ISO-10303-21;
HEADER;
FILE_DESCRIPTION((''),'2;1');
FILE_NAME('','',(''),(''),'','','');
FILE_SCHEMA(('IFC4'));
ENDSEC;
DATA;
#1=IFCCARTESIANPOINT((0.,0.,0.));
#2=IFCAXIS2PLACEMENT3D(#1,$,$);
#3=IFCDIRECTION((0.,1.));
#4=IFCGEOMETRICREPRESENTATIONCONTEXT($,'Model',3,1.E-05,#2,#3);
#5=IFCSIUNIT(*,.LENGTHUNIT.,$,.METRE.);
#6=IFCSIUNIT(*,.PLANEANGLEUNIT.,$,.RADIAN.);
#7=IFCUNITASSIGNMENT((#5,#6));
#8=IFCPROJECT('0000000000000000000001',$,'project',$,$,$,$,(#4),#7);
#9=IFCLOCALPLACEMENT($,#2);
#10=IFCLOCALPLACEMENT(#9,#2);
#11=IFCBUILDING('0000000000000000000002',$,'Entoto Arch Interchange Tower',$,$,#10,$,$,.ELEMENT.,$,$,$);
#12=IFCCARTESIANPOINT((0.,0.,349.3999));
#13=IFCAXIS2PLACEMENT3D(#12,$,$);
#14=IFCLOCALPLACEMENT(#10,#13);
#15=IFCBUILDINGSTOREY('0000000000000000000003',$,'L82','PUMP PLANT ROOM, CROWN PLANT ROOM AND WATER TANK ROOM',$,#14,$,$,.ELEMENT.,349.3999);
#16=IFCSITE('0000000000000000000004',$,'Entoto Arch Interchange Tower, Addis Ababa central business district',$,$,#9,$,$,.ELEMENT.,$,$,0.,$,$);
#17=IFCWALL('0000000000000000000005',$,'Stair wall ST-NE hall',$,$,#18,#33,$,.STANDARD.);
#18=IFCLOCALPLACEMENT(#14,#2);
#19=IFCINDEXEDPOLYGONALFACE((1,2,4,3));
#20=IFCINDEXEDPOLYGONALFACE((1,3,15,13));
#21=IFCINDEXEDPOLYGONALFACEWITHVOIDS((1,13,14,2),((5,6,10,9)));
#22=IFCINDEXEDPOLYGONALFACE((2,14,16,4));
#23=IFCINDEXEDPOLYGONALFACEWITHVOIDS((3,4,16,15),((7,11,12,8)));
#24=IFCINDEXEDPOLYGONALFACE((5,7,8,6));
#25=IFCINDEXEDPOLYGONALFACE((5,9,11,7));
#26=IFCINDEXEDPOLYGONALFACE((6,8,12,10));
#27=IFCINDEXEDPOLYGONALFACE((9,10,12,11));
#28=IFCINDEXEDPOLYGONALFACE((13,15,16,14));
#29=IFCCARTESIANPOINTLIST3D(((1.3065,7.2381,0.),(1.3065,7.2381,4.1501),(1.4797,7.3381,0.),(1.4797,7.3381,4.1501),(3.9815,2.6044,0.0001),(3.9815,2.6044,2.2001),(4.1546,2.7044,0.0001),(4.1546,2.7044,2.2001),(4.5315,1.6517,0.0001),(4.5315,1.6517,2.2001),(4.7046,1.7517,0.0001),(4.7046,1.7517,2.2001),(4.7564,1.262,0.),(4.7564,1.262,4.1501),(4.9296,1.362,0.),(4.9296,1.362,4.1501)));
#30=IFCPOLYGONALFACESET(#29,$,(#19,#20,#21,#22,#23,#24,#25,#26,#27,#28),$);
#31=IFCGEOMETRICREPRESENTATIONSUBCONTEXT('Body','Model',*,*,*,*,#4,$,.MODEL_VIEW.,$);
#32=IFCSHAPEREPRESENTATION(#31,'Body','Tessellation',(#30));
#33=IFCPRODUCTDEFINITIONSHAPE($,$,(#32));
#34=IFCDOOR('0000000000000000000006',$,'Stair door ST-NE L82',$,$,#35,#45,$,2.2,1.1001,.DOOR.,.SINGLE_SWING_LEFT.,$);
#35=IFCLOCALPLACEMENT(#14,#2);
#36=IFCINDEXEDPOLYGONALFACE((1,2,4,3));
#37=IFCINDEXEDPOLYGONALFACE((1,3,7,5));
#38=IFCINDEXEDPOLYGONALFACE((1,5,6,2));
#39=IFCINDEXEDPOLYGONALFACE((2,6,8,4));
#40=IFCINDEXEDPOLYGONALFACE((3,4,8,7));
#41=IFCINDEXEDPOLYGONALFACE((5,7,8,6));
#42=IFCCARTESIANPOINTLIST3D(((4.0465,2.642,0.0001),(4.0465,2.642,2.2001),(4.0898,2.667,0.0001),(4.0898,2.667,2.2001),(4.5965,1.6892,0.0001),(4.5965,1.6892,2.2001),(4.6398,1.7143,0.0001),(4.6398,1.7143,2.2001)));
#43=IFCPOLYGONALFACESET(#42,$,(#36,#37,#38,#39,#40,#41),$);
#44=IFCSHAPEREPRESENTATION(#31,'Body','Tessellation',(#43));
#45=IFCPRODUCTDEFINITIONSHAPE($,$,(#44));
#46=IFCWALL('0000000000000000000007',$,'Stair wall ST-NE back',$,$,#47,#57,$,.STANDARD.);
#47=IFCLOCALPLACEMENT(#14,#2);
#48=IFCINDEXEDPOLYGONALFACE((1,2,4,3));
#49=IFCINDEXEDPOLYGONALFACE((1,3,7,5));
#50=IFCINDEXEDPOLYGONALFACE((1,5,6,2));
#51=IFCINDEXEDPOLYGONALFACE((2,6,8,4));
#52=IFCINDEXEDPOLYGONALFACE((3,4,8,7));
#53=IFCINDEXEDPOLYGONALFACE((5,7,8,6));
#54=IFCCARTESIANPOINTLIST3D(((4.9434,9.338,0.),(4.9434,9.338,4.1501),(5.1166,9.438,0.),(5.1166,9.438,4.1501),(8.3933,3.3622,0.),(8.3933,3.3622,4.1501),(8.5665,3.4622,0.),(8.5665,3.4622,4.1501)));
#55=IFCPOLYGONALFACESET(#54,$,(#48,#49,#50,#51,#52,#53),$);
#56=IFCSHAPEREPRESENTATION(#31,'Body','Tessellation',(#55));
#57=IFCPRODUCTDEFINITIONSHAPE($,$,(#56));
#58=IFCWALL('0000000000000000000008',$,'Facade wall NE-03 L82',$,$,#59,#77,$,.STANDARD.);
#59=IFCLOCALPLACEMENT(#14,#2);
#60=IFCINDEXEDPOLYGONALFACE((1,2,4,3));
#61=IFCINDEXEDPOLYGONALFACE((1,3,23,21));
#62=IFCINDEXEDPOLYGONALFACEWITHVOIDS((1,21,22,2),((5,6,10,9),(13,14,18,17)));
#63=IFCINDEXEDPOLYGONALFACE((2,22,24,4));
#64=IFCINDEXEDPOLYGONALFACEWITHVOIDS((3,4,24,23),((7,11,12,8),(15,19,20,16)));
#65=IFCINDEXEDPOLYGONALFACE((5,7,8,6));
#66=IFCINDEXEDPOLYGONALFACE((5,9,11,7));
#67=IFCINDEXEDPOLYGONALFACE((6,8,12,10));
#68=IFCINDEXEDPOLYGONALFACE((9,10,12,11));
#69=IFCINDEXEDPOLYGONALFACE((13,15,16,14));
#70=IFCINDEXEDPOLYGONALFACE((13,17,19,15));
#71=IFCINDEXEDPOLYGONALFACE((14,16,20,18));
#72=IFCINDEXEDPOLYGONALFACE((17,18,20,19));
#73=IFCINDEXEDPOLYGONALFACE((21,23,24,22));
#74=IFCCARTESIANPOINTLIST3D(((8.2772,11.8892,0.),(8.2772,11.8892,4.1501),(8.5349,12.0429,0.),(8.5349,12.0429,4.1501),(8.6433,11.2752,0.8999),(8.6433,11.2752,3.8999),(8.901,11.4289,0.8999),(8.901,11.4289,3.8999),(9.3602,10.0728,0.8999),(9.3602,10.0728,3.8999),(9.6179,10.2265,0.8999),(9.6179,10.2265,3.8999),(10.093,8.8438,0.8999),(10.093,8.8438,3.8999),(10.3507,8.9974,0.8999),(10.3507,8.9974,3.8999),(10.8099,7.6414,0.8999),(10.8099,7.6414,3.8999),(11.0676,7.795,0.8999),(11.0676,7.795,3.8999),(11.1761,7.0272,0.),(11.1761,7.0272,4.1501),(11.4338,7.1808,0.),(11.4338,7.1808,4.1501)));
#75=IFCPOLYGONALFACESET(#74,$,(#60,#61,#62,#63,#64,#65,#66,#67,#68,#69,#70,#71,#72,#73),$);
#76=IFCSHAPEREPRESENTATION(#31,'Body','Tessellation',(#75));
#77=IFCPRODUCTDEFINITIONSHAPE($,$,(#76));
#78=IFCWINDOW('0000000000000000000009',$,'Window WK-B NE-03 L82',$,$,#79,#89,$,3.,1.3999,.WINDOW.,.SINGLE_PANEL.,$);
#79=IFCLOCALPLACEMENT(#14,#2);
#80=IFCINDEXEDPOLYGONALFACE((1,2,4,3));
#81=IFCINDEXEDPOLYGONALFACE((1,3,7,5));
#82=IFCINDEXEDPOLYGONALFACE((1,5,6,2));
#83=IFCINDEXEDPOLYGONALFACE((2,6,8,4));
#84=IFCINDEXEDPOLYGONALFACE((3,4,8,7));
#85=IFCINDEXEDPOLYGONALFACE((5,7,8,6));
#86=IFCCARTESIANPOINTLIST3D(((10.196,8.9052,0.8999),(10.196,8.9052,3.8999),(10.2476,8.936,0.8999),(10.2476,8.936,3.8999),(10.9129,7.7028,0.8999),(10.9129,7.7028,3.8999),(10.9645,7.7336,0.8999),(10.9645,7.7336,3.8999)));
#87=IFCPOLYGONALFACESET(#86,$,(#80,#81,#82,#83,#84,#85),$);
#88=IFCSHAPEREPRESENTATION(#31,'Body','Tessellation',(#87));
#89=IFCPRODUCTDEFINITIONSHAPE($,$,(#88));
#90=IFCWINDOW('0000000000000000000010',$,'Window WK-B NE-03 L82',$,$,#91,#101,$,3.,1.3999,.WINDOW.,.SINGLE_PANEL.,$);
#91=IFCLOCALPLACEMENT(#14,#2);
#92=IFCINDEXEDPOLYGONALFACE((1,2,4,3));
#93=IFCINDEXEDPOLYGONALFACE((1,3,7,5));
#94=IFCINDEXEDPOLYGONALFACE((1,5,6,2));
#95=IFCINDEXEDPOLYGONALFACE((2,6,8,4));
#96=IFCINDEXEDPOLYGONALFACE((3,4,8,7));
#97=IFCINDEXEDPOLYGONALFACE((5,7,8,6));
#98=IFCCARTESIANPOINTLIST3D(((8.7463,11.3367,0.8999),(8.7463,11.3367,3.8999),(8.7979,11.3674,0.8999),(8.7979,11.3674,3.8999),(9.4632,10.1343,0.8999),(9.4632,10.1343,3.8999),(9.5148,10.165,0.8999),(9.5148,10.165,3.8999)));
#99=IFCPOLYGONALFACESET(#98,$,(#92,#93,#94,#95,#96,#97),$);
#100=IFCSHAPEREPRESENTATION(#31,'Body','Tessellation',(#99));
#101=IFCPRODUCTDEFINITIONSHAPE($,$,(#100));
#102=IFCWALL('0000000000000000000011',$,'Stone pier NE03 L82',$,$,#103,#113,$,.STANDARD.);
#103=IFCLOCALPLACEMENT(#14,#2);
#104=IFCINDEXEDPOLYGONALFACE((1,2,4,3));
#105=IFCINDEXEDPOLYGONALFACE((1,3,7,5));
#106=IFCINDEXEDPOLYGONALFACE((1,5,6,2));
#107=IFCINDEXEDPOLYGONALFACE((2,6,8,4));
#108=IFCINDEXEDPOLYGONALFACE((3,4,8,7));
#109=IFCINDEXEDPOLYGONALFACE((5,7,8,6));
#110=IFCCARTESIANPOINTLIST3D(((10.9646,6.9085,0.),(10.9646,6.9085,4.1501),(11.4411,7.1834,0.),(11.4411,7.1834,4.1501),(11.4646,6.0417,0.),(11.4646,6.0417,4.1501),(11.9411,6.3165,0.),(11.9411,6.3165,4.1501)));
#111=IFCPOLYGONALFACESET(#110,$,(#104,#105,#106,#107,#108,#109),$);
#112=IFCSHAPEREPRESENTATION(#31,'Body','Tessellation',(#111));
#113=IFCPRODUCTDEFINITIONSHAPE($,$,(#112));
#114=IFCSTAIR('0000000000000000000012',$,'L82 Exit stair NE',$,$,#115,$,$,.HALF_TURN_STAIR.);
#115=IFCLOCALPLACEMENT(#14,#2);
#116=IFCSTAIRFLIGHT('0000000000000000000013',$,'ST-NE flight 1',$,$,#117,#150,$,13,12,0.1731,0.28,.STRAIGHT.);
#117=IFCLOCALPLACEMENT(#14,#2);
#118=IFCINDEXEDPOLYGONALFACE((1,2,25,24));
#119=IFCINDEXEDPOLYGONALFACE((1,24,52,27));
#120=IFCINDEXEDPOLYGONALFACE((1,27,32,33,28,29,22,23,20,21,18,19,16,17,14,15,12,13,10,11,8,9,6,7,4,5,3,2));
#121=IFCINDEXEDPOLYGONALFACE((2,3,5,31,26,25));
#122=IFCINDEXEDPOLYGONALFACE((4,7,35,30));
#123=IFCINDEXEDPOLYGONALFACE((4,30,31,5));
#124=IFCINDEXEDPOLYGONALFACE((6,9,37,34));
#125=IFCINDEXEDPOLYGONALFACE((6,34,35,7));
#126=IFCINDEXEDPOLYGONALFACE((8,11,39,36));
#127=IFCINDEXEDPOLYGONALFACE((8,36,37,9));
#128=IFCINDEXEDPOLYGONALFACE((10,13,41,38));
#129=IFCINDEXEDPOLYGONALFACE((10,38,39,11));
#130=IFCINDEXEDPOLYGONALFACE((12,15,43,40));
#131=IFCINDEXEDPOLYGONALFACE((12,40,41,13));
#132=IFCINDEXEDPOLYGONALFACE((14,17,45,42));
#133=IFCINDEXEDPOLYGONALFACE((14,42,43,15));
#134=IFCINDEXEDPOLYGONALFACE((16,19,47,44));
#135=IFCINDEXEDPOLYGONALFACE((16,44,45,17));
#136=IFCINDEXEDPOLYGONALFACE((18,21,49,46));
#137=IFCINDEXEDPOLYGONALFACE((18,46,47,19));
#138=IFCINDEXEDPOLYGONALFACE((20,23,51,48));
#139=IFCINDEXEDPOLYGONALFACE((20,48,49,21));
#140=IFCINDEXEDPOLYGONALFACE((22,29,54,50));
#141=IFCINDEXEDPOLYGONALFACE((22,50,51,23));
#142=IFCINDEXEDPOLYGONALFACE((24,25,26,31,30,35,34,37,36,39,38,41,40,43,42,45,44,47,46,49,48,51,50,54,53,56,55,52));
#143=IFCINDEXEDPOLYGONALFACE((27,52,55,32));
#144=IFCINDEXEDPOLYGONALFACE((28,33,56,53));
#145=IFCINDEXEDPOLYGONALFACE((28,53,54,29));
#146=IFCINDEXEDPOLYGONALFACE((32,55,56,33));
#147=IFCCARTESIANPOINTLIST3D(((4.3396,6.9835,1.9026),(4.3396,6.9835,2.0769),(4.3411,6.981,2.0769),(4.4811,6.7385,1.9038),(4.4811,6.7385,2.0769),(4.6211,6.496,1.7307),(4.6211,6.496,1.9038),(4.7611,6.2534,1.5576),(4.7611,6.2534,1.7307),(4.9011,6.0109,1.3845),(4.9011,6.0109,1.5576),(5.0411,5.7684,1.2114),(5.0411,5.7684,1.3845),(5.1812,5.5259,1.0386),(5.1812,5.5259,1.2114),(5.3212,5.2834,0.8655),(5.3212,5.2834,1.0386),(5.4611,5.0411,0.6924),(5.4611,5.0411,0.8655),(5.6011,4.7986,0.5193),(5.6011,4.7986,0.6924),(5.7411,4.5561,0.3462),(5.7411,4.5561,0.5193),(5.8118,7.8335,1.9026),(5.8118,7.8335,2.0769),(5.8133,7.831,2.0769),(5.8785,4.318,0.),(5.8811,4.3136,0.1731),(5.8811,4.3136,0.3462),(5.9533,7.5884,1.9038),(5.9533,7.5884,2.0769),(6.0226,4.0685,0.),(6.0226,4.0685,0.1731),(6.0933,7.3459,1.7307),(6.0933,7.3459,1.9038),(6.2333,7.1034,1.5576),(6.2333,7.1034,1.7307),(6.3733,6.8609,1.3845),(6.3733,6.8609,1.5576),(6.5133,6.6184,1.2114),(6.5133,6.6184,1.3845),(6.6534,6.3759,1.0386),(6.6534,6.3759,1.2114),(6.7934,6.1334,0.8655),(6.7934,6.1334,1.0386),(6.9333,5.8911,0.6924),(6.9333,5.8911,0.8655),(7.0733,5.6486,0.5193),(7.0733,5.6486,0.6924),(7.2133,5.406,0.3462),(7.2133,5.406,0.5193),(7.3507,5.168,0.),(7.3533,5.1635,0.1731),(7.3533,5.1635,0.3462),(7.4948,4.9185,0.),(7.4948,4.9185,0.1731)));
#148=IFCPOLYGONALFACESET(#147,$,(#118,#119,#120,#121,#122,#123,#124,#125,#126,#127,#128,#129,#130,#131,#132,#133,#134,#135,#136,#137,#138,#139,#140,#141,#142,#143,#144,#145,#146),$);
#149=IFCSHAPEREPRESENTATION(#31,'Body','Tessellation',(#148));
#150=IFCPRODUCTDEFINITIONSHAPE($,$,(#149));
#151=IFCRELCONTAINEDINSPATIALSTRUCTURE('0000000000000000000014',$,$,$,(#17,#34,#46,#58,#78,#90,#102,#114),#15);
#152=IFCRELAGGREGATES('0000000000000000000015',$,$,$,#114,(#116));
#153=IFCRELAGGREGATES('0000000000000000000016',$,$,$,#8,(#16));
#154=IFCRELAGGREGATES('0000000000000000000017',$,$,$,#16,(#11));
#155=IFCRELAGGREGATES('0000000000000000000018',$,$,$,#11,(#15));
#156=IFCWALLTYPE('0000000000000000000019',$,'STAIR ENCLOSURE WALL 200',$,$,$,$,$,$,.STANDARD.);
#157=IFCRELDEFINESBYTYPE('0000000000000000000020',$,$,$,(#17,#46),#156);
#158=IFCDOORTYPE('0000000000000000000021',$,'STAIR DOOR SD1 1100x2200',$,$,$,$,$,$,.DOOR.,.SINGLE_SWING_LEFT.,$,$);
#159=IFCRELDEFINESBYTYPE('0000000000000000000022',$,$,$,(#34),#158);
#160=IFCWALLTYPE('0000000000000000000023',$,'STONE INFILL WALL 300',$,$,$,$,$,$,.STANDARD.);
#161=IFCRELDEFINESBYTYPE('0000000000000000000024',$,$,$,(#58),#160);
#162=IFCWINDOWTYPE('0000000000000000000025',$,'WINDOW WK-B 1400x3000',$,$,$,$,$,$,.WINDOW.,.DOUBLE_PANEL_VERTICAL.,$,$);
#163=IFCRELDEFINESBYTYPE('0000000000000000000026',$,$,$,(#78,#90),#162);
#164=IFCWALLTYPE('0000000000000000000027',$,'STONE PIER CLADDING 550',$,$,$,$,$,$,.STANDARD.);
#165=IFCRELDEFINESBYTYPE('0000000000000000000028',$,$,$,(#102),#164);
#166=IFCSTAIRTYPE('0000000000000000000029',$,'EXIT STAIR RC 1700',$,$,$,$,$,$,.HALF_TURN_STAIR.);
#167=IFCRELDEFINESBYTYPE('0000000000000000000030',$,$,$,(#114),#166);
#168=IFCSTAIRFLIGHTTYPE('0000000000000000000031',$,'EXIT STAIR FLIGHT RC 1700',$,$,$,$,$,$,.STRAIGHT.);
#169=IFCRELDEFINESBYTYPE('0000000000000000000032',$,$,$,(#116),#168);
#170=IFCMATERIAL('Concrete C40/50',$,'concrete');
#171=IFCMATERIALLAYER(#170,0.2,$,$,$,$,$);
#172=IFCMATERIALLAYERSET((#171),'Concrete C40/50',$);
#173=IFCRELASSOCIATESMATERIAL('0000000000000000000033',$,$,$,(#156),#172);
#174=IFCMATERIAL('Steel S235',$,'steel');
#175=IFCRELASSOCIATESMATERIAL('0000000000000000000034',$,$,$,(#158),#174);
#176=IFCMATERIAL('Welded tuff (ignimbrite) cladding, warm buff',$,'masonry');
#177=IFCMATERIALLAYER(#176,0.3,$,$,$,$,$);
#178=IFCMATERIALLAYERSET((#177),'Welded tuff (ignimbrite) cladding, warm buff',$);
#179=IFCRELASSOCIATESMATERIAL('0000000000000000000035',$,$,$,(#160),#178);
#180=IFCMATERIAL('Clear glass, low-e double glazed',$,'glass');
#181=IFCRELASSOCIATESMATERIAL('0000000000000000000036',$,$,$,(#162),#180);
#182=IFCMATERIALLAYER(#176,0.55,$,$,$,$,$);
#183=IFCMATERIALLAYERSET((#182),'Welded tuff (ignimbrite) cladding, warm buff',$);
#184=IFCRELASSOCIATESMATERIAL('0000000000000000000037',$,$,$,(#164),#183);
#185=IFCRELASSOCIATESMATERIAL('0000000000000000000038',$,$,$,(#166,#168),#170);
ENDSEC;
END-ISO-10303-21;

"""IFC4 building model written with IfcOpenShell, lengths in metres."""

from ifc_helpers import new_model, si_unit, direction, frame, frame_2d, origin, place, context, subcontext, project, spatial, polyline, rectangle, outline, extrude, material, layer, layer_set, type_object, element, fill, aggregate, save


model = new_model("IFC4")

# Units and contexts
model_context = context("Model", 3, precision=1e-05, world=origin(), true_north=direction((0.0, 1.0)))
body_context = subcontext(model_context, "Body", "Model", "MODEL_VIEW")
ifc_project = project(units=[si_unit("LENGTHUNIT", "METRE"), si_unit("PLANEANGLEUNIT", "RADIAN")], contexts=[model_context])

# Site, building, storey
site_placement = place(None, origin())
site = spatial("IfcSite", under=ifc_project, at=site_placement, Name="Entoto Arch Interchange Tower, Addis Ababa central business district", CompositionType="ELEMENT", RefElevation=0.0)
building_placement = place(site_placement, origin())
building = spatial("IfcBuilding", under=site, at=building_placement, Name="Entoto Arch Interchange Tower", CompositionType="ELEMENT")
storey_placement = place(building_placement, frame((0.0, 0.0, 349.3999)))
storey = spatial("IfcBuildingStorey", under=building, at=storey_placement, Name="L82", Description="PUMP PLANT ROOM, CROWN PLANT ROOM AND WATER TANK ROOM", CompositionType="ELEMENT", Elevation=349.3999)

# Shared definitions
ifc_material_1 = material(Name="Concrete C40/50", Category="concrete")

# Shared definitions
ifc_layer_1 = layer(ifc_material_1, 0.2)
ifc_layer_set_1 = layer_set([ifc_layer_1], Name="Concrete C40/50")
wall_type_1 = type_object("IfcWallType", Name="STAIR ENCLOSURE WALL 200", PredefinedType="STANDARD", material=ifc_layer_set_1)
ifc_material_2 = material(Name="Steel S235", Category="steel")
door_type_1 = type_object("IfcDoorType", Name="STAIR DOOR SD1 1100x2200", OperationType="SINGLE_SWING_LEFT", PredefinedType="DOOR", material=ifc_material_2)

# Wall, opening, door
wall_1_placement = place(storey_placement, frame((4.843, 1.312, 0.0), z_axis=(0.0, 0.0, 1.0), x_axis=(-0.499963, 0.866047, 0.0)))
wall_1 = element("IfcWall", 1, at=wall_1_placement, inside=storey, type_object=wall_type_1, Name="Stair wall ST-NE hall", PredefinedType="STANDARD", context=body_context, shape_type="SweptSolid", body=[
    extrude(rectangle(XDim=6.9004, YDim=0.2, at=frame_2d((3.4502, 0.0))), origin(), (0.0, 0.0, 1.0), 4.1501),
])
opening_1_placement = place(wall_1_placement, frame((0.45, 0.0, 0.0)))
opening_1 = element("IfcOpeningElement", 2, at=opening_1_placement, cuts=wall_1, PredefinedType="OPENING", context=body_context, shape_type="SweptSolid", body=[
    extrude(rectangle(XDim=1.1001, YDim=2.2, at=frame_2d((0.55, 1.1001))), frame((0.0, 0.1099, 0.0), z_axis=(0.0, -1.0, 0.0), x_axis=(1.0, 0.0, 0.0)), (0.0, 0.0, 1.0), 0.22),
])
door_1_placement = place(opening_1_placement, origin())
door_1 = element("IfcDoor", 3, at=door_1_placement, inside=storey, type_object=door_type_1, Name="Stair door ST-NE L82", OperationType="SINGLE_SWING_LEFT", OverallHeight=2.2, OverallWidth=1.1001, PredefinedType="DOOR", context=body_context, shape_type="SweptSolid", body=[
    extrude(rectangle(XDim=1.1001, YDim=2.2, at=frame_2d((0.55, 1.1001))), frame((0.0, 0.0249, 0.0), z_axis=(0.0, -1.0, 0.0), x_axis=(1.0, 0.0, 0.0)), (0.0, 0.0, 1.0), 0.05),
])
fill(opening_1, door_1)

# Wall
wall_2_placement = place(storey_placement, frame((8.48, 3.4121, 0.0), z_axis=(0.0, 0.0, 1.0), x_axis=(-0.499979, 0.866038, 0.0)))
element("IfcWall", 4, at=wall_2_placement, inside=storey, type_object=wall_type_1, Name="Stair wall ST-NE back", PredefinedType="STANDARD", context=body_context, shape_type="SweptSolid", body=[
    extrude(rectangle(XDim=6.9001, YDim=0.2, at=frame_2d((3.4502, 0.0))), origin(), (0.0, 0.0, 1.0), 4.1501),
])

# Shared definitions
ifc_material_3 = material(Name="Welded tuff (ignimbrite) cladding, warm buff", Category="masonry")
ifc_layer_2 = layer(ifc_material_3, 0.3)
ifc_layer_set_2 = layer_set([ifc_layer_2], Name="Welded tuff (ignimbrite) cladding, warm buff")
wall_type_2 = type_object("IfcWallType", Name="STONE INFILL WALL 300", PredefinedType="STANDARD", material=ifc_layer_set_2)
ifc_material_4 = material(Name="Clear glass, low-e double glazed", Category="glass")
window_type = type_object("IfcWindowType", Name="WINDOW WK-B 1400x3000", PartitioningType="DOUBLE_PANEL_VERTICAL", PredefinedType="WINDOW", material=ifc_material_4)

# Wall, openings, windows
wall_3_placement = place(storey_placement, frame((11.3049, 7.104, 0.0), z_axis=(0.0, 0.0, 1.0), x_axis=(-0.512115, 0.858917, 0.0)))
wall_3 = element("IfcWall", 5, at=wall_3_placement, inside=storey, type_object=wall_type_2, Name="Facade wall NE-03 L82", PredefinedType="STANDARD", context=body_context, shape_type="SweptSolid", body=[
    extrude(rectangle(XDim=5.6606, YDim=0.3, at=frame_2d((2.8303, 0.0))), origin(), (0.0, 0.0, 1.0), 4.1501),
])
opening_2_placement = place(wall_3_placement, frame((0.7151, 0.0, 0.8999)))
opening_2 = element("IfcOpeningElement", 6, at=opening_2_placement, cuts=wall_3, PredefinedType="OPENING", context=body_context, shape_type="SweptSolid", body=[
    extrude(rectangle(XDim=1.3999, YDim=3.0, at=frame_2d((0.7, 1.5))), frame((0.0, 0.1602, 0.0), z_axis=(0.0, -1.0, 0.0), x_axis=(1.0, 0.0, 0.0)), (0.0, 0.0, 1.0), 0.3201),
])
opening_3_placement = place(wall_3_placement, frame((3.5459, 0.0, 0.8999)))
opening_3 = element("IfcOpeningElement", 7, at=opening_3_placement, cuts=wall_3, PredefinedType="OPENING", context=body_context, shape_type="SweptSolid", body=[
    extrude(rectangle(XDim=1.3999, YDim=3.0, at=frame_2d((0.7, 1.5))), frame((0.0, 0.1602, 0.0), z_axis=(0.0, -1.0, 0.0), x_axis=(1.0, 0.0, 0.0)), (0.0, 0.0, 1.0), 0.3201),
])
window_1_placement = place(opening_2_placement, origin())
window_1 = element("IfcWindow", 8, at=window_1_placement, inside=storey, type_object=window_type, Name="Window WK-B NE-03 L82", OverallHeight=3.0, OverallWidth=1.3999, PartitioningType="SINGLE_PANEL", PredefinedType="WINDOW", context=body_context, shape_type="SweptSolid", body=[
    extrude(rectangle(XDim=1.3999, YDim=3.0, at=frame_2d((0.7, 1.5))), frame((0.0, 0.03, 0.0), z_axis=(0.0, -1.0, 0.0), x_axis=(1.0, 0.0, 0.0)), (0.0, 0.0, 1.0), 0.0601),
])
fill(opening_2, window_1)
window_2_placement = place(opening_3_placement, origin())
window_2 = element("IfcWindow", 9, at=window_2_placement, inside=storey, type_object=window_type, Name="Window WK-B NE-03 L82", OverallHeight=3.0, OverallWidth=1.3999, PartitioningType="SINGLE_PANEL", PredefinedType="WINDOW", context=body_context, shape_type="SweptSolid", body=[
    extrude(rectangle(XDim=1.3999, YDim=3.0, at=frame_2d((0.7, 1.5))), frame((0.0, 0.03, 0.0), z_axis=(0.0, -1.0, 0.0), x_axis=(1.0, 0.0, 0.0)), (0.0, 0.0, 1.0), 0.0601),
])
fill(opening_3, window_2)

# Wall
ifc_layer_3 = layer(ifc_material_3, 0.55)
ifc_layer_set_3 = layer_set([ifc_layer_3], Name="Welded tuff (ignimbrite) cladding, warm buff")
wall_type_3 = type_object("IfcWallType", Name="STONE PIER CLADDING 550", PredefinedType="STANDARD", material=ifc_layer_set_3)
wall_4_placement = place(storey_placement, frame((11.7029, 6.179, 0.0), z_axis=(0.0, 0.0, 1.0), x_axis=(-0.499603, 0.866255, 0.0)))
element("IfcWall", 10, at=wall_4_placement, inside=storey, type_object=wall_type_3, Name="Stone pier NE03 L82", PredefinedType="STANDARD", context=body_context, shape_type="SweptSolid", body=[
    extrude(rectangle(XDim=1.0007, YDim=0.55, at=frame_2d((0.5005, 0.0))), origin(), (0.0, 0.0, 1.0), 4.1501),
])

# Stair, stair flight
stair_type = type_object("IfcStairType", Name="EXIT STAIR RC 1700", PredefinedType="HALF_TURN_STAIR", material=ifc_material_1)
stair_placement = place(storey_placement, origin())
stair = element("IfcStair", 11, at=stair_placement, inside=storey, type_object=stair_type, Name="L82 Exit stair NE", PredefinedType="HALF_TURN_STAIR")
stair_flight_type = type_object("IfcStairFlightType", Name="EXIT STAIR FLIGHT RC 1700", PredefinedType="STRAIGHT", material=ifc_material_1)
stair_flight_1_placement = place(storey_placement, frame((6.7573, 4.4961, 0.0), z_axis=(0.0, 0.0, 1.0), x_axis=(-0.5, 0.866025, 0.0)))
stair_flight_1 = element("IfcStairFlight", 12, at=stair_flight_1_placement, type_object=stair_flight_type, Name="ST-NE flight 1", NumberOfRisers=13, NumberOfTreads=12, PredefinedType="STRAIGHT", RiserHeight=0.1731, TreadLength=0.28, context=body_context, shape_type="SweptSolid", body=[
    extrude(outline(polyline([(-0.0029, 0.0), (-0.0029, 0.1731), (0.28, 0.1731), (0.28, 0.3462), (0.5601, 0.3462), (0.5601, 0.5193), (0.8401, 0.5193), (0.8401, 0.6924), (1.1201, 0.6924), (1.1201, 0.8655), (1.3999, 0.8655), (1.3999, 1.0386), (1.6799, 1.0386), (1.6799, 1.2114), (1.96, 1.2114), (1.96, 1.3845), (2.24, 1.3845), (2.24, 1.5576), (2.52, 1.5576), (2.52, 1.7307), (2.8, 1.7307), (2.8, 1.9038), (3.0801, 1.9038), (3.0801, 2.0769), (3.3601, 2.0769), (3.363, 2.0769), (3.363, 1.9026), (0.2852, 0.0), (-0.0029, 0.0)])), frame((0.0, 0.8501, 0.0), z_axis=(0.0, -1.0, 0.0), x_axis=(1.0, 0.0, 0.0)), (0.0, 0.0, 1.0), 1.7),
])
aggregate(stair, [stair_flight_1])

save(model, "model.ifc")
